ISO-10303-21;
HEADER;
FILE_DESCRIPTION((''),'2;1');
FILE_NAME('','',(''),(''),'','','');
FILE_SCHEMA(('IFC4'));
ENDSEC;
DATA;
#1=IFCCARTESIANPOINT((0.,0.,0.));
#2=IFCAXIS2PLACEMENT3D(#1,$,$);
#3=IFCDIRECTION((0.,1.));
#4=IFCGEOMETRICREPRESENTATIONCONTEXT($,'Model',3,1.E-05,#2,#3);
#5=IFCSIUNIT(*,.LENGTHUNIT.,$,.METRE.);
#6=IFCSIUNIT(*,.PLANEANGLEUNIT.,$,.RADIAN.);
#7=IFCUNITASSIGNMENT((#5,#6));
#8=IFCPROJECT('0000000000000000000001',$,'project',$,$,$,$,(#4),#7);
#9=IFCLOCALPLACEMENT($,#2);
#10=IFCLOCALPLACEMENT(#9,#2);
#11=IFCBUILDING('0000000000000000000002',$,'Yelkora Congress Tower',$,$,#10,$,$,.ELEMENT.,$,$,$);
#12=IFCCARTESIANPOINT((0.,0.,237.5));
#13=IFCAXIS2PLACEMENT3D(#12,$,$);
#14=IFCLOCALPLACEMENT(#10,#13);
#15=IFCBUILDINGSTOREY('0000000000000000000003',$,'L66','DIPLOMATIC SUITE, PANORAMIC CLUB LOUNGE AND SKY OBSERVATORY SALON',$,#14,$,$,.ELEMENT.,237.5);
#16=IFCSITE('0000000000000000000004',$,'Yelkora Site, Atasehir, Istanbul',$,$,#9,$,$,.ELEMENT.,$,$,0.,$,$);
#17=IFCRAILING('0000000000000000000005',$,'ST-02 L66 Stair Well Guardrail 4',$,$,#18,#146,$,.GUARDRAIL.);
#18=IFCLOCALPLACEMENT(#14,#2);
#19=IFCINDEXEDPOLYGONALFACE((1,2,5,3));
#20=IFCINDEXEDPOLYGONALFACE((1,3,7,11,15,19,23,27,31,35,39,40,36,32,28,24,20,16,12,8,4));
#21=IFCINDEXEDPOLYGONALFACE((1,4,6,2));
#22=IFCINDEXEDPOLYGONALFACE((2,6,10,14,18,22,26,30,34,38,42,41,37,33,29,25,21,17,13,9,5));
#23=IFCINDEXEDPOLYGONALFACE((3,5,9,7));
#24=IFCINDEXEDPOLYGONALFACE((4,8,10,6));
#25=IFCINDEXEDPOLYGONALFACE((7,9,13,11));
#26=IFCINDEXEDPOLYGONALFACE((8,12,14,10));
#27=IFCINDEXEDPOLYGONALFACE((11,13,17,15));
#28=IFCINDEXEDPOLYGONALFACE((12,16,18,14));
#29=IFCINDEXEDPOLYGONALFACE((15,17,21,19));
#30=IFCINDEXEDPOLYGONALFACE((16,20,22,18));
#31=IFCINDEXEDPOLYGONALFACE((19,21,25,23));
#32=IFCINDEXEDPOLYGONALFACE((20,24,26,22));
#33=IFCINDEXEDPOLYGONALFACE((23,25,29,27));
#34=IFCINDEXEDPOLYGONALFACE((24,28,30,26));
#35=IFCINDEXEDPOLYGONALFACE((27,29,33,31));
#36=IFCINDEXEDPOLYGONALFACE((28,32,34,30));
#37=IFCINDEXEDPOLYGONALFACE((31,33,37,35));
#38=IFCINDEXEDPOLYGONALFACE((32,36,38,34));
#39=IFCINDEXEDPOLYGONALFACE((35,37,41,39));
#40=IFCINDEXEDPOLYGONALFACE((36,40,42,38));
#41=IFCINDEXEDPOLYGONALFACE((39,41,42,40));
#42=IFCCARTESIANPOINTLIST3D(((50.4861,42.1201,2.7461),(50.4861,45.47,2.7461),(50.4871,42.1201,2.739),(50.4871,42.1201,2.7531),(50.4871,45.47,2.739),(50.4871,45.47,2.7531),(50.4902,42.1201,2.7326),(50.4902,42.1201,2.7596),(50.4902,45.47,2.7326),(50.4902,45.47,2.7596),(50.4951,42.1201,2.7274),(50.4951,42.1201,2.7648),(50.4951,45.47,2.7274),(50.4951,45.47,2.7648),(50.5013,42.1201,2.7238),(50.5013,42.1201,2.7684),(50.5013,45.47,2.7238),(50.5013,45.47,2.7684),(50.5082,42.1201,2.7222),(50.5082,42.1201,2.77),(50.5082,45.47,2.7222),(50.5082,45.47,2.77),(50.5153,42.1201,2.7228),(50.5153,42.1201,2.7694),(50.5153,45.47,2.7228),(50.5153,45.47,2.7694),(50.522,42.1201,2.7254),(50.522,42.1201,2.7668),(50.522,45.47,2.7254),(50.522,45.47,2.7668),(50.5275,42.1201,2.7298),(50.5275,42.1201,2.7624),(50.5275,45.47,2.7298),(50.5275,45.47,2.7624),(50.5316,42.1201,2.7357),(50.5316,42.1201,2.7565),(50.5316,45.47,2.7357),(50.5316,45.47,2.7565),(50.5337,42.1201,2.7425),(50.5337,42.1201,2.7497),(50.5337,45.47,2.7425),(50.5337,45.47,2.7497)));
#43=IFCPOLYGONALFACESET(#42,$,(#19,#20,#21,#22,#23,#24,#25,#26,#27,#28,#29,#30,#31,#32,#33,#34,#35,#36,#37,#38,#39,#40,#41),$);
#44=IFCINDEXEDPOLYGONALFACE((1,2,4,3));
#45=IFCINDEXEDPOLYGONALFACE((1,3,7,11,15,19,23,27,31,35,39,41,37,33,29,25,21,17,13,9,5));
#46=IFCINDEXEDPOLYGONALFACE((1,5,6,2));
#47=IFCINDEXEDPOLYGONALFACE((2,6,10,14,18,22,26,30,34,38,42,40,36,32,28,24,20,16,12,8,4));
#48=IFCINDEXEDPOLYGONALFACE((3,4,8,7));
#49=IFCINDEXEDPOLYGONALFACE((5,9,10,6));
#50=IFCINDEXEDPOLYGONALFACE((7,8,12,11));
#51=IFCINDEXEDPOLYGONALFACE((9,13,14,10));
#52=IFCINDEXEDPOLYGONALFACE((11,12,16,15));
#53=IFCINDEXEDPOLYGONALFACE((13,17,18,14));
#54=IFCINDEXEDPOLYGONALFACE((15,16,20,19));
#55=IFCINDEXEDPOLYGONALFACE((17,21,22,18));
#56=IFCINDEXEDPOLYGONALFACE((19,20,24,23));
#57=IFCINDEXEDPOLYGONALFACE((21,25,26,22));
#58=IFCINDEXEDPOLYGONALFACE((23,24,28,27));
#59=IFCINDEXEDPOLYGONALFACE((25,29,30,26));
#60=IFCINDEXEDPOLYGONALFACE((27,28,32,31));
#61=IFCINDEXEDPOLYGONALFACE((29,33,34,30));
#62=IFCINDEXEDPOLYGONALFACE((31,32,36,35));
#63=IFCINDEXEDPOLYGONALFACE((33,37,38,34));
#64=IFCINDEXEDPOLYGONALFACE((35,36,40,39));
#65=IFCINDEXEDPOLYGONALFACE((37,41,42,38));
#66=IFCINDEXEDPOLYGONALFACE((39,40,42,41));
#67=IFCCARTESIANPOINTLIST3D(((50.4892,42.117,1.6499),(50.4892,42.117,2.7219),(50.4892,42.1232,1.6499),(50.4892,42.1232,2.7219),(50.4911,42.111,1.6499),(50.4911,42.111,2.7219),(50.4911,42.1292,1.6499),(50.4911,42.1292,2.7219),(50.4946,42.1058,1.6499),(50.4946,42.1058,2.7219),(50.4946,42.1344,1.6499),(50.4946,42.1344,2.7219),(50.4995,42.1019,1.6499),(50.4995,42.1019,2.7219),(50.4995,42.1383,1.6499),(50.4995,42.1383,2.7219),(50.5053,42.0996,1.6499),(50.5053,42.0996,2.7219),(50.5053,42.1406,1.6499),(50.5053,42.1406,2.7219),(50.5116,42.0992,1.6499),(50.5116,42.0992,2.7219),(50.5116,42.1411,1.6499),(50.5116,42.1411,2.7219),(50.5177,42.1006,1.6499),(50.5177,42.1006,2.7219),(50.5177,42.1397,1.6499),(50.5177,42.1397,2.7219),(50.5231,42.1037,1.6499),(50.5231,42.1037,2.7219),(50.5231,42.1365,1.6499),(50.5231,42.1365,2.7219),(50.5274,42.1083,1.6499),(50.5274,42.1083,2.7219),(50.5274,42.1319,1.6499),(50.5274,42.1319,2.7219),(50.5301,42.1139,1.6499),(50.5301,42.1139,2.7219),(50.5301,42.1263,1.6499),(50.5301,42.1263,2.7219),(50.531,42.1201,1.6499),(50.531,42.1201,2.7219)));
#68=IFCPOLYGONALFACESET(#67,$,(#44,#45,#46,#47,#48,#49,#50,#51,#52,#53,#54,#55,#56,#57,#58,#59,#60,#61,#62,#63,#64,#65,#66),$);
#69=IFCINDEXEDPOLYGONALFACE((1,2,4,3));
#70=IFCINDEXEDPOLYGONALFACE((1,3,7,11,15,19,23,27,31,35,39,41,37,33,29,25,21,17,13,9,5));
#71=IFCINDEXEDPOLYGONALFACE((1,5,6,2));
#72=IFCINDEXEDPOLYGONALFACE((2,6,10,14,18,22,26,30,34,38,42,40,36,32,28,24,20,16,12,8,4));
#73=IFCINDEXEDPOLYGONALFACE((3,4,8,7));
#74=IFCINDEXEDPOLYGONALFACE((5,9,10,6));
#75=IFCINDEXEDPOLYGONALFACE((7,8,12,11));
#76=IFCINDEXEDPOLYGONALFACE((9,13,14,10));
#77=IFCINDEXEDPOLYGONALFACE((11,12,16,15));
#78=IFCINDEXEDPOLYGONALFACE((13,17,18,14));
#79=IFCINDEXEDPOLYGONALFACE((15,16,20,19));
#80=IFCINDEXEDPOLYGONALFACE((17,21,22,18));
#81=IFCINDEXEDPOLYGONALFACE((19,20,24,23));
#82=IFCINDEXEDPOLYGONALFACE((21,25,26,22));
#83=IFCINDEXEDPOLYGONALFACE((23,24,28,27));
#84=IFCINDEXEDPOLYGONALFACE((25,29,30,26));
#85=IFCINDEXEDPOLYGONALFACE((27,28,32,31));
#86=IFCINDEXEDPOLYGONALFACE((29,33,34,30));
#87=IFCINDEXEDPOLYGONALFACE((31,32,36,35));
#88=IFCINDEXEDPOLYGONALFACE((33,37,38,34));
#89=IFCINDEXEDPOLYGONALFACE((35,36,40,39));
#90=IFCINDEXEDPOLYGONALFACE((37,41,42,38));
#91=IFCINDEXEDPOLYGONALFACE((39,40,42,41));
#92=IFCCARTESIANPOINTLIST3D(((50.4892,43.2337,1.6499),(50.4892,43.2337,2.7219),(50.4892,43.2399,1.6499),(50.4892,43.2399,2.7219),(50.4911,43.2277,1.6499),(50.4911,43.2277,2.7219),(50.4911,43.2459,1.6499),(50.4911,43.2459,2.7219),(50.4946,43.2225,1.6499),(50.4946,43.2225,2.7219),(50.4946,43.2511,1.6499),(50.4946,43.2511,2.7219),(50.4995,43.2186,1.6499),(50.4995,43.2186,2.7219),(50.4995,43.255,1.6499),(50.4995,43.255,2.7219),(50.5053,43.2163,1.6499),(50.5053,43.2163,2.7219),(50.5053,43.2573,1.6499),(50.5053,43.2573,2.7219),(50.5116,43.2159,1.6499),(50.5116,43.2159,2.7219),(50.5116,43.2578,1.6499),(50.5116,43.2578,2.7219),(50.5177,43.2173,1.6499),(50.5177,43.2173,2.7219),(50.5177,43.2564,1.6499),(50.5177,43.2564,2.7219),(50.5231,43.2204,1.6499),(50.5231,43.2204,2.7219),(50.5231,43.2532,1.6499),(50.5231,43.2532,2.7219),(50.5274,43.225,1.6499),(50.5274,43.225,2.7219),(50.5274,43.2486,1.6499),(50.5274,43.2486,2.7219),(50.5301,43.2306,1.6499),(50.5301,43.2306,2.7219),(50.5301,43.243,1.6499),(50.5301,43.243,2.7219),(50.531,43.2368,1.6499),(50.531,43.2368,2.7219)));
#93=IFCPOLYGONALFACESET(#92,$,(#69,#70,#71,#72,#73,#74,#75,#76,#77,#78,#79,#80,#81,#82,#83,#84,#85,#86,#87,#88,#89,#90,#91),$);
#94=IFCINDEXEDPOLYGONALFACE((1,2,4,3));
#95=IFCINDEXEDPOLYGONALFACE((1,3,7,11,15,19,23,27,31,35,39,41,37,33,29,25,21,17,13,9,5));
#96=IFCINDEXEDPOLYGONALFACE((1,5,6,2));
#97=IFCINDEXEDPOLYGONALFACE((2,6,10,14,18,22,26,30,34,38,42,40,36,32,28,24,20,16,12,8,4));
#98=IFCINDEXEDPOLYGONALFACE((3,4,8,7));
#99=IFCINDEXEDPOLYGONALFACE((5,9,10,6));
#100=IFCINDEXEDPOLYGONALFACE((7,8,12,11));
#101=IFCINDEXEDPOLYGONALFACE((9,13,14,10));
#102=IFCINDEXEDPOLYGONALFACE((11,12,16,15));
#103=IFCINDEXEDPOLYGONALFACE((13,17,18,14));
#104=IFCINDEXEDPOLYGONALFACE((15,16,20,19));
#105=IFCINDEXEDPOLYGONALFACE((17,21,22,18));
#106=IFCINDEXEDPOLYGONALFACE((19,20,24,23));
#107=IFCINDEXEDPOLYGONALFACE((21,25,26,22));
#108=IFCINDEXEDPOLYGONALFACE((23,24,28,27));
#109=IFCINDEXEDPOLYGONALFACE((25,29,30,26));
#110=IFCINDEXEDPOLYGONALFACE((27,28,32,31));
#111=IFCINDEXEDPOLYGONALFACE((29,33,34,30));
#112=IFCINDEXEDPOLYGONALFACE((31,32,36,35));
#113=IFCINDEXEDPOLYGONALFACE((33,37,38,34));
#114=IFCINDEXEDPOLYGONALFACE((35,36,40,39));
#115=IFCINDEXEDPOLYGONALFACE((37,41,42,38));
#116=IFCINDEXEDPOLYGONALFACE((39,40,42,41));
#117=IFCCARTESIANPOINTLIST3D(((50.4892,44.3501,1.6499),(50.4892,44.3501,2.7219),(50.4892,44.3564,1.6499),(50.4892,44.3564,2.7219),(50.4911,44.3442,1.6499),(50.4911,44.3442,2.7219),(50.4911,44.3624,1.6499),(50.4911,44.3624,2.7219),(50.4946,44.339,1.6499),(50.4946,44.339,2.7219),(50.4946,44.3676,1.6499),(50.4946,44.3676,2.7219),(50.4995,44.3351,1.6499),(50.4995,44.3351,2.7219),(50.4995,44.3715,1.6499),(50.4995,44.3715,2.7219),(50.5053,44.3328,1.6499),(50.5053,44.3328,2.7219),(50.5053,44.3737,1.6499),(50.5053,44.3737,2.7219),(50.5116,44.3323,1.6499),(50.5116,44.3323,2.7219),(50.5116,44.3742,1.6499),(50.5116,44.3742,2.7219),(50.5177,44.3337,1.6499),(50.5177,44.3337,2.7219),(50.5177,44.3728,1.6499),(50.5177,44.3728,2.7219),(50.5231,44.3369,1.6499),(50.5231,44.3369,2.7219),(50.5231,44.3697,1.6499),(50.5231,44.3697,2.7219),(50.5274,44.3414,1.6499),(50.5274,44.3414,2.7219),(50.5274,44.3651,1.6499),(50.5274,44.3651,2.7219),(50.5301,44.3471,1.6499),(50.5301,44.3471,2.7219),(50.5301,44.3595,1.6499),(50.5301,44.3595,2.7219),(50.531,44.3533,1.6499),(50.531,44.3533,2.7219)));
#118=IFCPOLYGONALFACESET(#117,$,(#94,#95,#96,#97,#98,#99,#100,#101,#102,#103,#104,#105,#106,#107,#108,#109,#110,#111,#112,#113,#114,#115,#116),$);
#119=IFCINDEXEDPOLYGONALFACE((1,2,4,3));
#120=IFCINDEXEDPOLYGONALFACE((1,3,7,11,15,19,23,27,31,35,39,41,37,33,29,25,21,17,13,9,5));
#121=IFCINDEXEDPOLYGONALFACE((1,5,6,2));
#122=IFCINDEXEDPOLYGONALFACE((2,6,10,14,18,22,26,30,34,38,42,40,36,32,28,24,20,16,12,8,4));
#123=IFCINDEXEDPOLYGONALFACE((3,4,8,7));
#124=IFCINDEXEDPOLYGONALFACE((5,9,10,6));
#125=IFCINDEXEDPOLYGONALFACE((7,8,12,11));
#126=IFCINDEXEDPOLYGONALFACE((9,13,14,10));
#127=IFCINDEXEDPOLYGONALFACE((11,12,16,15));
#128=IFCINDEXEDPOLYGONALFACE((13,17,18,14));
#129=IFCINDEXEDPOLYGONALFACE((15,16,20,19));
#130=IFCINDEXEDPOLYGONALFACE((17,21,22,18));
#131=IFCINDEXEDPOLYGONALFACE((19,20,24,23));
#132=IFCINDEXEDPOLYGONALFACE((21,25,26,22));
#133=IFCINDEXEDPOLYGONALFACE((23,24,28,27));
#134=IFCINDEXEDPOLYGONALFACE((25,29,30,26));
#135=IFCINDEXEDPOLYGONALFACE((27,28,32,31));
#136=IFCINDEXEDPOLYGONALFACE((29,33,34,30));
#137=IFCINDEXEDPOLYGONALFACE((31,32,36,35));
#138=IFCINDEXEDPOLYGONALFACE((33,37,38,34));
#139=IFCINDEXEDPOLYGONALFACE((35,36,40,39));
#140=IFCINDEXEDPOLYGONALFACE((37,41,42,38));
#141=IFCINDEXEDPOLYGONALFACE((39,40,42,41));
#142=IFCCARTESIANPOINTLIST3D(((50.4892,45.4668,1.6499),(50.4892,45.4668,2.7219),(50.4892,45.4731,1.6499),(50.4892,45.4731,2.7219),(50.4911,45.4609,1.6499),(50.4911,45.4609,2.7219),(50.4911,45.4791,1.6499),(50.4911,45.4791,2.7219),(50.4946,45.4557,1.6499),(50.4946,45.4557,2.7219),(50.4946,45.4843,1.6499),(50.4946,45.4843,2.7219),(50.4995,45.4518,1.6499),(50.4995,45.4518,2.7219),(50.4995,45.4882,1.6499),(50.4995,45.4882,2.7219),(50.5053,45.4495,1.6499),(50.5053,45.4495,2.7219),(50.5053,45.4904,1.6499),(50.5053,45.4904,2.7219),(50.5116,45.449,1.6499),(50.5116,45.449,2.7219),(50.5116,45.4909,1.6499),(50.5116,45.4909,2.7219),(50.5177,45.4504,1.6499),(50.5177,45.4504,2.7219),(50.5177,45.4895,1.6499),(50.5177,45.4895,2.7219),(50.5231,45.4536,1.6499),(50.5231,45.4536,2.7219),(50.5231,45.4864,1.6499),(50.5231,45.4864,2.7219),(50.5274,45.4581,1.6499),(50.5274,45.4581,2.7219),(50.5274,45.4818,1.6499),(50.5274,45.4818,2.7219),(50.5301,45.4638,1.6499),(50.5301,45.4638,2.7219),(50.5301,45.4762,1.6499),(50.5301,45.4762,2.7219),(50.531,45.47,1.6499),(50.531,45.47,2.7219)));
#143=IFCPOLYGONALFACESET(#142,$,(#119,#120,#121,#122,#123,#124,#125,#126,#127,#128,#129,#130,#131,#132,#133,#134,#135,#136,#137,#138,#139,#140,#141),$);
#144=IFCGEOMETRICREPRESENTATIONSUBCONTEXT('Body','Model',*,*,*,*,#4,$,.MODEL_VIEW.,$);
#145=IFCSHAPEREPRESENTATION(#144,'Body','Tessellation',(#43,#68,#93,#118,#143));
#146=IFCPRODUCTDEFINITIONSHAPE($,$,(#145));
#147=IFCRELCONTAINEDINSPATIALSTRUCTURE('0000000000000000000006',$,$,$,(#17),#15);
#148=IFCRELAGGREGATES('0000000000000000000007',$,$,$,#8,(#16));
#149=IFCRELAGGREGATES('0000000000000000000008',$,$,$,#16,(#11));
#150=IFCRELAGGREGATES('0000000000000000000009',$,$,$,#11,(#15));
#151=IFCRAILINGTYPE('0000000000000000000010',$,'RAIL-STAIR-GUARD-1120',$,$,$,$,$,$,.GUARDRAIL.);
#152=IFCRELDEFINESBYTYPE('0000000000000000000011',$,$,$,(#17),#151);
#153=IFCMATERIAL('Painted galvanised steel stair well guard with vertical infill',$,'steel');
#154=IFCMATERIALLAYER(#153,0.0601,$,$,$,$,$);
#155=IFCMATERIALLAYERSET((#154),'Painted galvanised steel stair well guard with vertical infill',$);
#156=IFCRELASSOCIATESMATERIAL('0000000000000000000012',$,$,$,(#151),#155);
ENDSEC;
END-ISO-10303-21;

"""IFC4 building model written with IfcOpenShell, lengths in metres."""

from ifc_helpers import new_model, si_unit, direction, frame, origin, origin_2d, place, context, subcontext, project, spatial, circle, extrude, material, layer, layer_set, type_object, element, save


model = new_model("IFC4")

# Units and contexts
model_context = context("Model", 3, precision=1e-05, world=origin(), true_north=direction((0.0, 1.0)))
body_context = subcontext(model_context, "Body", "Model", "MODEL_VIEW")
ifc_project = project(units=[si_unit("LENGTHUNIT", "METRE"), si_unit("PLANEANGLEUNIT", "RADIAN")], contexts=[model_context])

# Site, building, storey
site_placement = place(None, origin())
site = spatial("IfcSite", under=ifc_project, at=site_placement, Name="Yelkora Site, Atasehir, Istanbul", CompositionType="ELEMENT", RefElevation=0.0)
building_placement = place(site_placement, origin())
building = spatial("IfcBuilding", under=site, at=building_placement, Name="Yelkora Congress Tower", CompositionType="ELEMENT")
storey_placement = place(building_placement, frame((0.0, 0.0, 237.5)))
storey = spatial("IfcBuildingStorey", under=building, at=storey_placement, Name="L66", Description="DIPLOMATIC SUITE, PANORAMIC CLUB LOUNGE AND SKY OBSERVATORY SALON", CompositionType="ELEMENT", Elevation=237.5)

# Railing
ifc_material_1 = material(Name="Painted galvanised steel stair well guard with vertical infill", Category="steel")
ifc_layer_1 = layer(ifc_material_1, 0.0601)
ifc_layer_set_1 = layer_set([ifc_layer_1], Name="Painted galvanised steel stair well guard with vertical infill")
railing_type_1 = type_object("IfcRailingType", Name="RAIL-STAIR-GUARD-1120", PredefinedType="GUARDRAIL", material=ifc_layer_set_1)
railing_1_placement = place(storey_placement, frame((50.51, 42.1201, 1.6499)))
element("IfcRailing", 1, at=railing_1_placement, inside=storey, type_object=railing_type_1, Name="ST-02 L66 Stair Well Guardrail 4", PredefinedType="GUARDRAIL", context=body_context, shape_type="SweptSolid", body=[
    extrude(circle(Radius=0.0239, at=origin_2d()), frame((0.0, 0.0, 1.0962), z_axis=(0.0, 1.0, 0.0), x_axis=(-1.0, 0.0, 0.0)), (0.0, 0.0, 1.0), 3.3499),
    extrude(circle(Radius=0.021, at=origin_2d()), origin(), (0.0, 0.0, 1.0), 1.072),
    extrude(circle(Radius=0.021, at=origin_2d()), frame((0.0, 1.1167, 0.0)), (0.0, 0.0, 1.0), 1.072),
    extrude(circle(Radius=0.021, at=origin_2d()), frame((0.0, 2.2332, 0.0)), (0.0, 0.0, 1.0), 1.072),
    extrude(circle(Radius=0.021, at=origin_2d()), frame((0.0, 3.3499, 0.0)), (0.0, 0.0, 1.0), 1.072),
])

save(model, "model.ifc")
